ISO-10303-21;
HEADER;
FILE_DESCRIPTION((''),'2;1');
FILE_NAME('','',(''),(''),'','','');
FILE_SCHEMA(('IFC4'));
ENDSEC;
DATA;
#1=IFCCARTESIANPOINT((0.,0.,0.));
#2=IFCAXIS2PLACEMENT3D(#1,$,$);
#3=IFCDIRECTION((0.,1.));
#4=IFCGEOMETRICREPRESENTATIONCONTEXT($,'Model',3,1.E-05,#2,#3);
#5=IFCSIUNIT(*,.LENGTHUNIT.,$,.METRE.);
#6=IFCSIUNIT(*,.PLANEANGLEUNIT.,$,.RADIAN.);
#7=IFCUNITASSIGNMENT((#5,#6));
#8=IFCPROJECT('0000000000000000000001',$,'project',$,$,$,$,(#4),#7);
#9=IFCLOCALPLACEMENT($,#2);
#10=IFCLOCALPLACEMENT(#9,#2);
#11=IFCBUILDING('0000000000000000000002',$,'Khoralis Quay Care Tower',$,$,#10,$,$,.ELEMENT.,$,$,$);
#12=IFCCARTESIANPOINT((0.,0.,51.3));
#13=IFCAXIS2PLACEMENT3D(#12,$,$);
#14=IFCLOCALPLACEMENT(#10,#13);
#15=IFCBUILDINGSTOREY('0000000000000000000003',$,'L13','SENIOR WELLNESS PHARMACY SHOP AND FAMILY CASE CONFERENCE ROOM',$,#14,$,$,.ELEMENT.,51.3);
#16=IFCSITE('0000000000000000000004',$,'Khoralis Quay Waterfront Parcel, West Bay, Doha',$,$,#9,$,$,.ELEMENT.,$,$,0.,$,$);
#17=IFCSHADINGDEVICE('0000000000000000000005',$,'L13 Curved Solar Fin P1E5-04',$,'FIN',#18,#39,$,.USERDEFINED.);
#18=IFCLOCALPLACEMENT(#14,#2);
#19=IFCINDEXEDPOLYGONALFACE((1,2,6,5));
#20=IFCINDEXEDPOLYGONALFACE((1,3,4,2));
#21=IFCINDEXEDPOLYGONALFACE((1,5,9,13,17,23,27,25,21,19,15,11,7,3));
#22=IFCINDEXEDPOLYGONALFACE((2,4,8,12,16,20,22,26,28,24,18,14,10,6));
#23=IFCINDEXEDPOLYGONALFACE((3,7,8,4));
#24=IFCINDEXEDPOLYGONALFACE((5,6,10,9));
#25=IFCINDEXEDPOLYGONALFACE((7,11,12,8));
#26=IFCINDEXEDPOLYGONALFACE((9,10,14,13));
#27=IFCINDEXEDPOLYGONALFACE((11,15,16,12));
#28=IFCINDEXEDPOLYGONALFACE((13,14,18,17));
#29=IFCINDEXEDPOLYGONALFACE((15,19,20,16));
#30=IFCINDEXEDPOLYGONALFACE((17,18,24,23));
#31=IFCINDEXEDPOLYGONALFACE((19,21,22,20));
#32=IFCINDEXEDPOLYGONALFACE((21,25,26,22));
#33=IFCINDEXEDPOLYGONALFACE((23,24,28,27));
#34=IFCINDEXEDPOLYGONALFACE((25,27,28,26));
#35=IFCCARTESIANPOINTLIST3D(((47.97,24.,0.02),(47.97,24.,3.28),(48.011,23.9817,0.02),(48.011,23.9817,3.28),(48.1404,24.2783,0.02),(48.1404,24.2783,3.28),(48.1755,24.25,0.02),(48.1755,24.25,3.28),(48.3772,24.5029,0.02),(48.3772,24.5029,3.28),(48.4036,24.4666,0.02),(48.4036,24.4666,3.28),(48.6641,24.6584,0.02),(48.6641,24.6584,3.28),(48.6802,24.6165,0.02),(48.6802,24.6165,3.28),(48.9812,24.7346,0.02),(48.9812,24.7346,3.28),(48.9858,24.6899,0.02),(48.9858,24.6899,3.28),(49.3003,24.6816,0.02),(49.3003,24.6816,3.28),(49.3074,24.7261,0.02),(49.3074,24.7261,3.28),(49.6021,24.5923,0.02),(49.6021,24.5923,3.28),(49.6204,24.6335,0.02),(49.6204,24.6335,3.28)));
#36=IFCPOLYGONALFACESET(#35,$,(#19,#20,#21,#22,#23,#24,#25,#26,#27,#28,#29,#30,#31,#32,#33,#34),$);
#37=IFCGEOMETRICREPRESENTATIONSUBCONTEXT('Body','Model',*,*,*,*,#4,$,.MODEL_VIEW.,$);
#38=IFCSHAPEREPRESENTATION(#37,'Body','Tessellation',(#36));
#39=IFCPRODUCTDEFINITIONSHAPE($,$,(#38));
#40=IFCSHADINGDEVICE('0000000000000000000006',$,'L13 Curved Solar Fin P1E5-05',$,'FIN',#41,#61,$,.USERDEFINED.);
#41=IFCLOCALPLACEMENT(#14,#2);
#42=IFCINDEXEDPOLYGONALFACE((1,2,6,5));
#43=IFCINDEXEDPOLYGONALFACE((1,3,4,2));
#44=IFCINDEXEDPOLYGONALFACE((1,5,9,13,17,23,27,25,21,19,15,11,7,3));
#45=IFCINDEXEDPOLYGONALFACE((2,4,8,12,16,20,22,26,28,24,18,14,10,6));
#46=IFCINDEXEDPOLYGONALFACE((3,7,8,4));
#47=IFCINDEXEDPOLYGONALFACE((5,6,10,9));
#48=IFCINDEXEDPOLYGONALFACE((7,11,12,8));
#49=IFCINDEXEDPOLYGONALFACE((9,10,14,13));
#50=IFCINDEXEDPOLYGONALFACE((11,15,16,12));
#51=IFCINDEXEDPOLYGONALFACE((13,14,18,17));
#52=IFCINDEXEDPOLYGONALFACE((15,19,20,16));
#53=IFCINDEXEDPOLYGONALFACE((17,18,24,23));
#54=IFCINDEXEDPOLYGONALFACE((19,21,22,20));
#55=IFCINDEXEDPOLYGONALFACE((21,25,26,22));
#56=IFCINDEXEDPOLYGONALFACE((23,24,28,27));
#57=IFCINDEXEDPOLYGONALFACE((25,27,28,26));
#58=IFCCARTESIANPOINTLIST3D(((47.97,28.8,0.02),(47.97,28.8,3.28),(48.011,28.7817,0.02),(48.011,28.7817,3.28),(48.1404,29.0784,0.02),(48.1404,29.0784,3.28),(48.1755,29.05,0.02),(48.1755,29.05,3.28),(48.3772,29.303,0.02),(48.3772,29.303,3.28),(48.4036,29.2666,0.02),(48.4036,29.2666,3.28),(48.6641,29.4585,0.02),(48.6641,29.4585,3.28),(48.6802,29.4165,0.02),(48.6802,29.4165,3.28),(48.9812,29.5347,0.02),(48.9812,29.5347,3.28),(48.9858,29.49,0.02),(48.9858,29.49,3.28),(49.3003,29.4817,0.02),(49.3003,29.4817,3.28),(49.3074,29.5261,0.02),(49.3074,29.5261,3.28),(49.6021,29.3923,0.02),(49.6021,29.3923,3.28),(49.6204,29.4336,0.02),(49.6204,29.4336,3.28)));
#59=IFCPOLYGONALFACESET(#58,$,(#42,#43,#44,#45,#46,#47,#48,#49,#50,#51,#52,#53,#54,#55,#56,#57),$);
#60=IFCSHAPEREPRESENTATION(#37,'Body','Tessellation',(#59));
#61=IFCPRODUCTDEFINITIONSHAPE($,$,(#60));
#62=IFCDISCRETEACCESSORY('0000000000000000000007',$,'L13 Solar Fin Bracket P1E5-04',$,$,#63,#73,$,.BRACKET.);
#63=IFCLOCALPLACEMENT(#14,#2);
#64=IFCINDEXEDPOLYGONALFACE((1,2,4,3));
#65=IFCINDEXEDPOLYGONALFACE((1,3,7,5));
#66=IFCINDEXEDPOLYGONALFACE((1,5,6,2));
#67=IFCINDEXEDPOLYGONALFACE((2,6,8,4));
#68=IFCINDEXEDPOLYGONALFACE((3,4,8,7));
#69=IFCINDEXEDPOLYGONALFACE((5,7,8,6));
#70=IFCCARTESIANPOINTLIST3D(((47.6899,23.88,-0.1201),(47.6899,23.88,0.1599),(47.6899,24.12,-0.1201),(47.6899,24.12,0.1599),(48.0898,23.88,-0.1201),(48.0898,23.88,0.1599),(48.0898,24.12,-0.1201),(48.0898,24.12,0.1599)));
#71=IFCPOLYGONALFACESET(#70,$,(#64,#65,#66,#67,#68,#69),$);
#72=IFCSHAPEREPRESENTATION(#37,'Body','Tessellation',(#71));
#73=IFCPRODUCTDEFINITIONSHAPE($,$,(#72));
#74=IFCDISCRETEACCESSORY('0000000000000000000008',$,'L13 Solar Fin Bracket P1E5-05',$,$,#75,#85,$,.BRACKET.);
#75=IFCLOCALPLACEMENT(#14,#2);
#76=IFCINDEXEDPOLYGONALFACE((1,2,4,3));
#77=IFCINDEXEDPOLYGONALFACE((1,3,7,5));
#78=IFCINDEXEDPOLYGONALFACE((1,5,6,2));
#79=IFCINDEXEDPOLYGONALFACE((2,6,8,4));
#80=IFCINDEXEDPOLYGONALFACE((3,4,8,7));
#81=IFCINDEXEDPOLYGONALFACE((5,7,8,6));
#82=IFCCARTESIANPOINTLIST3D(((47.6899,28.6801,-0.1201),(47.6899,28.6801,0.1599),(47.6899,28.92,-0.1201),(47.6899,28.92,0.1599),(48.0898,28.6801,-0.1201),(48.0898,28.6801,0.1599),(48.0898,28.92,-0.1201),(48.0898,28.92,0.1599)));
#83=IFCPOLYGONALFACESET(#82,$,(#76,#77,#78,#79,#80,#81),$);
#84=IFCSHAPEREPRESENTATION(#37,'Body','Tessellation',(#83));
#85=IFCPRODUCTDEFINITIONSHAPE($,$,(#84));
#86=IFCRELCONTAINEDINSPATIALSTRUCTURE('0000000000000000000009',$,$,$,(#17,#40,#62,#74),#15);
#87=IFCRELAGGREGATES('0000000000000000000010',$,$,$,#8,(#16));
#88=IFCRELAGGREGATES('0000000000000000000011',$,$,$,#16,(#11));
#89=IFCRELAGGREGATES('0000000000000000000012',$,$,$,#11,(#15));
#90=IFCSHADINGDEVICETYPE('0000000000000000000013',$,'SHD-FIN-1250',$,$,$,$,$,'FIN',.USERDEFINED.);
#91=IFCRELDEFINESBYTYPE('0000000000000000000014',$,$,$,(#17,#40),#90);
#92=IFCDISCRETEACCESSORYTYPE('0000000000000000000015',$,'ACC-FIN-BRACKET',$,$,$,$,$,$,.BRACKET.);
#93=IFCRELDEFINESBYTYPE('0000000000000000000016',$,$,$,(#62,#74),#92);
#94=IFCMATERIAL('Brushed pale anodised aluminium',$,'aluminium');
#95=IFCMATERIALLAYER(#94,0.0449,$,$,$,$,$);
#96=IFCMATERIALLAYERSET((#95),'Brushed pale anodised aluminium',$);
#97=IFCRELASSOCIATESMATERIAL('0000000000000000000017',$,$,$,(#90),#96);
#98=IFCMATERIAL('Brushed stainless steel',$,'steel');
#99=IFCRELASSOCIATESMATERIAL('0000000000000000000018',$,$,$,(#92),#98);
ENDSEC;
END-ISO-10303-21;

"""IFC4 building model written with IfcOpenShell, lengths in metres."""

from ifc_helpers import new_model, si_unit, direction, frame, origin, origin_2d, place, context, subcontext, project, spatial, polyline, rectangle, outline, extrude, source, transform, mapped, material, layer, layer_set, type_object, element, save


model = new_model("IFC4")

# Units and contexts
model_context = context("Model", 3, precision=1e-05, world=origin(), true_north=direction((0.0, 1.0)))
body_context = subcontext(model_context, "Body", "Model", "MODEL_VIEW")
ifc_project = project(units=[si_unit("LENGTHUNIT", "METRE"), si_unit("PLANEANGLEUNIT", "RADIAN")], contexts=[model_context])

# Site, building, storey
site_placement = place(None, origin())
site = spatial("IfcSite", under=ifc_project, at=site_placement, Name="Khoralis Quay Waterfront Parcel, West Bay, Doha", CompositionType="ELEMENT", RefElevation=0.0)
building_placement = place(site_placement, origin())
building = spatial("IfcBuilding", under=site, at=building_placement, Name="Khoralis Quay Care Tower", CompositionType="ELEMENT")
storey_placement = place(building_placement, frame((0.0, 0.0, 51.3)))
storey = spatial("IfcBuildingStorey", under=building, at=storey_placement, Name="L13", Description="SENIOR WELLNESS PHARMACY SHOP AND FAMILY CASE CONFERENCE ROOM", CompositionType="ELEMENT", Elevation=51.3)

# Shading devices
ifc_material_1 = material(Name="Brushed pale anodised aluminium", Category="aluminium")
ifc_layer_1 = layer(ifc_material_1, 0.0449)
ifc_layer_set_1 = layer_set([ifc_layer_1], Name="Brushed pale anodised aluminium")
shading_device_type = type_object("IfcShadingDeviceType", Name="SHD-FIN-1250", ElementType="FIN", PredefinedType="USERDEFINED", material=ifc_layer_set_1)
shared_shape_1 = source(origin(), body_context, "Body", "SweptSolid", [
    extrude(outline(polyline([(0.0, 0.0), (0.1704, 0.2783), (0.4072, 0.5029), (0.6941, 0.6584), (1.0112, 0.7346), (1.3374, 0.7261), (1.6504, 0.6335), (1.6321, 0.5923), (1.3303, 0.6816), (1.0159, 0.6899), (0.7102, 0.6165), (0.4336, 0.4666), (0.2056, 0.25), (0.041, -0.0183), (0.0, 0.0)])), origin(), (0.0, 0.0, 1.0), 3.26),
])
for number, where, z_axis, x_axis, name in (
    (1, (47.97, 24.0, 0.02), (0.0, 0.0, 1.0), (1.0, 0.0, 0.0), "L13 Curved Solar Fin P1E5-04"),
    (2, (47.97, 28.8, 0.02), (0.0, 0.0, 1.0), (1.0, 0.0, 0.0), "L13 Curved Solar Fin P1E5-05"),
):
    element("IfcShadingDevice", number, at=place(storey_placement, frame(where, z_axis=z_axis, x_axis=x_axis)), inside=storey, type_object=shading_device_type, Name=name, ObjectType="FIN", PredefinedType="USERDEFINED", context=body_context, shape_type="MappedRepresentation", body=[
        mapped(shared_shape_1, transform((0.0, 0.0, 0.0), scale=1.0)),
    ])

# Discrete accessories
ifc_material_2 = material(Name="Brushed stainless steel", Category="steel")
discrete_accessory_type = type_object("IfcDiscreteAccessoryType", Name="ACC-FIN-BRACKET", PredefinedType="BRACKET", material=ifc_material_2)
shared_shape_2 = source(origin(), body_context, "Body", "SweptSolid", [
    extrude(rectangle(XDim=0.3999, YDim=0.24, at=origin_2d()), origin(), (0.0, 0.0, 1.0), 0.28),
])
for number, where, z_axis, x_axis, name in (
    (3, (47.8899, 24.0, -0.1201), (0.0, 0.0, 1.0), (1.0, 0.0, 0.0), "L13 Solar Fin Bracket P1E5-04"),
    (4, (47.8899, 28.8, -0.1201), (0.0, 0.0, 1.0), (1.0, 0.0, 0.0), "L13 Solar Fin Bracket P1E5-05"),
):
    element("IfcDiscreteAccessory", number, at=place(storey_placement, frame(where, z_axis=z_axis, x_axis=x_axis)), inside=storey, type_object=discrete_accessory_type, Name=name, PredefinedType="BRACKET", context=body_context, shape_type="MappedRepresentation", body=[
        mapped(shared_shape_2, transform((0.0, 0.0, 0.0), scale=1.0)),
    ])

save(model, "model.ifc")
